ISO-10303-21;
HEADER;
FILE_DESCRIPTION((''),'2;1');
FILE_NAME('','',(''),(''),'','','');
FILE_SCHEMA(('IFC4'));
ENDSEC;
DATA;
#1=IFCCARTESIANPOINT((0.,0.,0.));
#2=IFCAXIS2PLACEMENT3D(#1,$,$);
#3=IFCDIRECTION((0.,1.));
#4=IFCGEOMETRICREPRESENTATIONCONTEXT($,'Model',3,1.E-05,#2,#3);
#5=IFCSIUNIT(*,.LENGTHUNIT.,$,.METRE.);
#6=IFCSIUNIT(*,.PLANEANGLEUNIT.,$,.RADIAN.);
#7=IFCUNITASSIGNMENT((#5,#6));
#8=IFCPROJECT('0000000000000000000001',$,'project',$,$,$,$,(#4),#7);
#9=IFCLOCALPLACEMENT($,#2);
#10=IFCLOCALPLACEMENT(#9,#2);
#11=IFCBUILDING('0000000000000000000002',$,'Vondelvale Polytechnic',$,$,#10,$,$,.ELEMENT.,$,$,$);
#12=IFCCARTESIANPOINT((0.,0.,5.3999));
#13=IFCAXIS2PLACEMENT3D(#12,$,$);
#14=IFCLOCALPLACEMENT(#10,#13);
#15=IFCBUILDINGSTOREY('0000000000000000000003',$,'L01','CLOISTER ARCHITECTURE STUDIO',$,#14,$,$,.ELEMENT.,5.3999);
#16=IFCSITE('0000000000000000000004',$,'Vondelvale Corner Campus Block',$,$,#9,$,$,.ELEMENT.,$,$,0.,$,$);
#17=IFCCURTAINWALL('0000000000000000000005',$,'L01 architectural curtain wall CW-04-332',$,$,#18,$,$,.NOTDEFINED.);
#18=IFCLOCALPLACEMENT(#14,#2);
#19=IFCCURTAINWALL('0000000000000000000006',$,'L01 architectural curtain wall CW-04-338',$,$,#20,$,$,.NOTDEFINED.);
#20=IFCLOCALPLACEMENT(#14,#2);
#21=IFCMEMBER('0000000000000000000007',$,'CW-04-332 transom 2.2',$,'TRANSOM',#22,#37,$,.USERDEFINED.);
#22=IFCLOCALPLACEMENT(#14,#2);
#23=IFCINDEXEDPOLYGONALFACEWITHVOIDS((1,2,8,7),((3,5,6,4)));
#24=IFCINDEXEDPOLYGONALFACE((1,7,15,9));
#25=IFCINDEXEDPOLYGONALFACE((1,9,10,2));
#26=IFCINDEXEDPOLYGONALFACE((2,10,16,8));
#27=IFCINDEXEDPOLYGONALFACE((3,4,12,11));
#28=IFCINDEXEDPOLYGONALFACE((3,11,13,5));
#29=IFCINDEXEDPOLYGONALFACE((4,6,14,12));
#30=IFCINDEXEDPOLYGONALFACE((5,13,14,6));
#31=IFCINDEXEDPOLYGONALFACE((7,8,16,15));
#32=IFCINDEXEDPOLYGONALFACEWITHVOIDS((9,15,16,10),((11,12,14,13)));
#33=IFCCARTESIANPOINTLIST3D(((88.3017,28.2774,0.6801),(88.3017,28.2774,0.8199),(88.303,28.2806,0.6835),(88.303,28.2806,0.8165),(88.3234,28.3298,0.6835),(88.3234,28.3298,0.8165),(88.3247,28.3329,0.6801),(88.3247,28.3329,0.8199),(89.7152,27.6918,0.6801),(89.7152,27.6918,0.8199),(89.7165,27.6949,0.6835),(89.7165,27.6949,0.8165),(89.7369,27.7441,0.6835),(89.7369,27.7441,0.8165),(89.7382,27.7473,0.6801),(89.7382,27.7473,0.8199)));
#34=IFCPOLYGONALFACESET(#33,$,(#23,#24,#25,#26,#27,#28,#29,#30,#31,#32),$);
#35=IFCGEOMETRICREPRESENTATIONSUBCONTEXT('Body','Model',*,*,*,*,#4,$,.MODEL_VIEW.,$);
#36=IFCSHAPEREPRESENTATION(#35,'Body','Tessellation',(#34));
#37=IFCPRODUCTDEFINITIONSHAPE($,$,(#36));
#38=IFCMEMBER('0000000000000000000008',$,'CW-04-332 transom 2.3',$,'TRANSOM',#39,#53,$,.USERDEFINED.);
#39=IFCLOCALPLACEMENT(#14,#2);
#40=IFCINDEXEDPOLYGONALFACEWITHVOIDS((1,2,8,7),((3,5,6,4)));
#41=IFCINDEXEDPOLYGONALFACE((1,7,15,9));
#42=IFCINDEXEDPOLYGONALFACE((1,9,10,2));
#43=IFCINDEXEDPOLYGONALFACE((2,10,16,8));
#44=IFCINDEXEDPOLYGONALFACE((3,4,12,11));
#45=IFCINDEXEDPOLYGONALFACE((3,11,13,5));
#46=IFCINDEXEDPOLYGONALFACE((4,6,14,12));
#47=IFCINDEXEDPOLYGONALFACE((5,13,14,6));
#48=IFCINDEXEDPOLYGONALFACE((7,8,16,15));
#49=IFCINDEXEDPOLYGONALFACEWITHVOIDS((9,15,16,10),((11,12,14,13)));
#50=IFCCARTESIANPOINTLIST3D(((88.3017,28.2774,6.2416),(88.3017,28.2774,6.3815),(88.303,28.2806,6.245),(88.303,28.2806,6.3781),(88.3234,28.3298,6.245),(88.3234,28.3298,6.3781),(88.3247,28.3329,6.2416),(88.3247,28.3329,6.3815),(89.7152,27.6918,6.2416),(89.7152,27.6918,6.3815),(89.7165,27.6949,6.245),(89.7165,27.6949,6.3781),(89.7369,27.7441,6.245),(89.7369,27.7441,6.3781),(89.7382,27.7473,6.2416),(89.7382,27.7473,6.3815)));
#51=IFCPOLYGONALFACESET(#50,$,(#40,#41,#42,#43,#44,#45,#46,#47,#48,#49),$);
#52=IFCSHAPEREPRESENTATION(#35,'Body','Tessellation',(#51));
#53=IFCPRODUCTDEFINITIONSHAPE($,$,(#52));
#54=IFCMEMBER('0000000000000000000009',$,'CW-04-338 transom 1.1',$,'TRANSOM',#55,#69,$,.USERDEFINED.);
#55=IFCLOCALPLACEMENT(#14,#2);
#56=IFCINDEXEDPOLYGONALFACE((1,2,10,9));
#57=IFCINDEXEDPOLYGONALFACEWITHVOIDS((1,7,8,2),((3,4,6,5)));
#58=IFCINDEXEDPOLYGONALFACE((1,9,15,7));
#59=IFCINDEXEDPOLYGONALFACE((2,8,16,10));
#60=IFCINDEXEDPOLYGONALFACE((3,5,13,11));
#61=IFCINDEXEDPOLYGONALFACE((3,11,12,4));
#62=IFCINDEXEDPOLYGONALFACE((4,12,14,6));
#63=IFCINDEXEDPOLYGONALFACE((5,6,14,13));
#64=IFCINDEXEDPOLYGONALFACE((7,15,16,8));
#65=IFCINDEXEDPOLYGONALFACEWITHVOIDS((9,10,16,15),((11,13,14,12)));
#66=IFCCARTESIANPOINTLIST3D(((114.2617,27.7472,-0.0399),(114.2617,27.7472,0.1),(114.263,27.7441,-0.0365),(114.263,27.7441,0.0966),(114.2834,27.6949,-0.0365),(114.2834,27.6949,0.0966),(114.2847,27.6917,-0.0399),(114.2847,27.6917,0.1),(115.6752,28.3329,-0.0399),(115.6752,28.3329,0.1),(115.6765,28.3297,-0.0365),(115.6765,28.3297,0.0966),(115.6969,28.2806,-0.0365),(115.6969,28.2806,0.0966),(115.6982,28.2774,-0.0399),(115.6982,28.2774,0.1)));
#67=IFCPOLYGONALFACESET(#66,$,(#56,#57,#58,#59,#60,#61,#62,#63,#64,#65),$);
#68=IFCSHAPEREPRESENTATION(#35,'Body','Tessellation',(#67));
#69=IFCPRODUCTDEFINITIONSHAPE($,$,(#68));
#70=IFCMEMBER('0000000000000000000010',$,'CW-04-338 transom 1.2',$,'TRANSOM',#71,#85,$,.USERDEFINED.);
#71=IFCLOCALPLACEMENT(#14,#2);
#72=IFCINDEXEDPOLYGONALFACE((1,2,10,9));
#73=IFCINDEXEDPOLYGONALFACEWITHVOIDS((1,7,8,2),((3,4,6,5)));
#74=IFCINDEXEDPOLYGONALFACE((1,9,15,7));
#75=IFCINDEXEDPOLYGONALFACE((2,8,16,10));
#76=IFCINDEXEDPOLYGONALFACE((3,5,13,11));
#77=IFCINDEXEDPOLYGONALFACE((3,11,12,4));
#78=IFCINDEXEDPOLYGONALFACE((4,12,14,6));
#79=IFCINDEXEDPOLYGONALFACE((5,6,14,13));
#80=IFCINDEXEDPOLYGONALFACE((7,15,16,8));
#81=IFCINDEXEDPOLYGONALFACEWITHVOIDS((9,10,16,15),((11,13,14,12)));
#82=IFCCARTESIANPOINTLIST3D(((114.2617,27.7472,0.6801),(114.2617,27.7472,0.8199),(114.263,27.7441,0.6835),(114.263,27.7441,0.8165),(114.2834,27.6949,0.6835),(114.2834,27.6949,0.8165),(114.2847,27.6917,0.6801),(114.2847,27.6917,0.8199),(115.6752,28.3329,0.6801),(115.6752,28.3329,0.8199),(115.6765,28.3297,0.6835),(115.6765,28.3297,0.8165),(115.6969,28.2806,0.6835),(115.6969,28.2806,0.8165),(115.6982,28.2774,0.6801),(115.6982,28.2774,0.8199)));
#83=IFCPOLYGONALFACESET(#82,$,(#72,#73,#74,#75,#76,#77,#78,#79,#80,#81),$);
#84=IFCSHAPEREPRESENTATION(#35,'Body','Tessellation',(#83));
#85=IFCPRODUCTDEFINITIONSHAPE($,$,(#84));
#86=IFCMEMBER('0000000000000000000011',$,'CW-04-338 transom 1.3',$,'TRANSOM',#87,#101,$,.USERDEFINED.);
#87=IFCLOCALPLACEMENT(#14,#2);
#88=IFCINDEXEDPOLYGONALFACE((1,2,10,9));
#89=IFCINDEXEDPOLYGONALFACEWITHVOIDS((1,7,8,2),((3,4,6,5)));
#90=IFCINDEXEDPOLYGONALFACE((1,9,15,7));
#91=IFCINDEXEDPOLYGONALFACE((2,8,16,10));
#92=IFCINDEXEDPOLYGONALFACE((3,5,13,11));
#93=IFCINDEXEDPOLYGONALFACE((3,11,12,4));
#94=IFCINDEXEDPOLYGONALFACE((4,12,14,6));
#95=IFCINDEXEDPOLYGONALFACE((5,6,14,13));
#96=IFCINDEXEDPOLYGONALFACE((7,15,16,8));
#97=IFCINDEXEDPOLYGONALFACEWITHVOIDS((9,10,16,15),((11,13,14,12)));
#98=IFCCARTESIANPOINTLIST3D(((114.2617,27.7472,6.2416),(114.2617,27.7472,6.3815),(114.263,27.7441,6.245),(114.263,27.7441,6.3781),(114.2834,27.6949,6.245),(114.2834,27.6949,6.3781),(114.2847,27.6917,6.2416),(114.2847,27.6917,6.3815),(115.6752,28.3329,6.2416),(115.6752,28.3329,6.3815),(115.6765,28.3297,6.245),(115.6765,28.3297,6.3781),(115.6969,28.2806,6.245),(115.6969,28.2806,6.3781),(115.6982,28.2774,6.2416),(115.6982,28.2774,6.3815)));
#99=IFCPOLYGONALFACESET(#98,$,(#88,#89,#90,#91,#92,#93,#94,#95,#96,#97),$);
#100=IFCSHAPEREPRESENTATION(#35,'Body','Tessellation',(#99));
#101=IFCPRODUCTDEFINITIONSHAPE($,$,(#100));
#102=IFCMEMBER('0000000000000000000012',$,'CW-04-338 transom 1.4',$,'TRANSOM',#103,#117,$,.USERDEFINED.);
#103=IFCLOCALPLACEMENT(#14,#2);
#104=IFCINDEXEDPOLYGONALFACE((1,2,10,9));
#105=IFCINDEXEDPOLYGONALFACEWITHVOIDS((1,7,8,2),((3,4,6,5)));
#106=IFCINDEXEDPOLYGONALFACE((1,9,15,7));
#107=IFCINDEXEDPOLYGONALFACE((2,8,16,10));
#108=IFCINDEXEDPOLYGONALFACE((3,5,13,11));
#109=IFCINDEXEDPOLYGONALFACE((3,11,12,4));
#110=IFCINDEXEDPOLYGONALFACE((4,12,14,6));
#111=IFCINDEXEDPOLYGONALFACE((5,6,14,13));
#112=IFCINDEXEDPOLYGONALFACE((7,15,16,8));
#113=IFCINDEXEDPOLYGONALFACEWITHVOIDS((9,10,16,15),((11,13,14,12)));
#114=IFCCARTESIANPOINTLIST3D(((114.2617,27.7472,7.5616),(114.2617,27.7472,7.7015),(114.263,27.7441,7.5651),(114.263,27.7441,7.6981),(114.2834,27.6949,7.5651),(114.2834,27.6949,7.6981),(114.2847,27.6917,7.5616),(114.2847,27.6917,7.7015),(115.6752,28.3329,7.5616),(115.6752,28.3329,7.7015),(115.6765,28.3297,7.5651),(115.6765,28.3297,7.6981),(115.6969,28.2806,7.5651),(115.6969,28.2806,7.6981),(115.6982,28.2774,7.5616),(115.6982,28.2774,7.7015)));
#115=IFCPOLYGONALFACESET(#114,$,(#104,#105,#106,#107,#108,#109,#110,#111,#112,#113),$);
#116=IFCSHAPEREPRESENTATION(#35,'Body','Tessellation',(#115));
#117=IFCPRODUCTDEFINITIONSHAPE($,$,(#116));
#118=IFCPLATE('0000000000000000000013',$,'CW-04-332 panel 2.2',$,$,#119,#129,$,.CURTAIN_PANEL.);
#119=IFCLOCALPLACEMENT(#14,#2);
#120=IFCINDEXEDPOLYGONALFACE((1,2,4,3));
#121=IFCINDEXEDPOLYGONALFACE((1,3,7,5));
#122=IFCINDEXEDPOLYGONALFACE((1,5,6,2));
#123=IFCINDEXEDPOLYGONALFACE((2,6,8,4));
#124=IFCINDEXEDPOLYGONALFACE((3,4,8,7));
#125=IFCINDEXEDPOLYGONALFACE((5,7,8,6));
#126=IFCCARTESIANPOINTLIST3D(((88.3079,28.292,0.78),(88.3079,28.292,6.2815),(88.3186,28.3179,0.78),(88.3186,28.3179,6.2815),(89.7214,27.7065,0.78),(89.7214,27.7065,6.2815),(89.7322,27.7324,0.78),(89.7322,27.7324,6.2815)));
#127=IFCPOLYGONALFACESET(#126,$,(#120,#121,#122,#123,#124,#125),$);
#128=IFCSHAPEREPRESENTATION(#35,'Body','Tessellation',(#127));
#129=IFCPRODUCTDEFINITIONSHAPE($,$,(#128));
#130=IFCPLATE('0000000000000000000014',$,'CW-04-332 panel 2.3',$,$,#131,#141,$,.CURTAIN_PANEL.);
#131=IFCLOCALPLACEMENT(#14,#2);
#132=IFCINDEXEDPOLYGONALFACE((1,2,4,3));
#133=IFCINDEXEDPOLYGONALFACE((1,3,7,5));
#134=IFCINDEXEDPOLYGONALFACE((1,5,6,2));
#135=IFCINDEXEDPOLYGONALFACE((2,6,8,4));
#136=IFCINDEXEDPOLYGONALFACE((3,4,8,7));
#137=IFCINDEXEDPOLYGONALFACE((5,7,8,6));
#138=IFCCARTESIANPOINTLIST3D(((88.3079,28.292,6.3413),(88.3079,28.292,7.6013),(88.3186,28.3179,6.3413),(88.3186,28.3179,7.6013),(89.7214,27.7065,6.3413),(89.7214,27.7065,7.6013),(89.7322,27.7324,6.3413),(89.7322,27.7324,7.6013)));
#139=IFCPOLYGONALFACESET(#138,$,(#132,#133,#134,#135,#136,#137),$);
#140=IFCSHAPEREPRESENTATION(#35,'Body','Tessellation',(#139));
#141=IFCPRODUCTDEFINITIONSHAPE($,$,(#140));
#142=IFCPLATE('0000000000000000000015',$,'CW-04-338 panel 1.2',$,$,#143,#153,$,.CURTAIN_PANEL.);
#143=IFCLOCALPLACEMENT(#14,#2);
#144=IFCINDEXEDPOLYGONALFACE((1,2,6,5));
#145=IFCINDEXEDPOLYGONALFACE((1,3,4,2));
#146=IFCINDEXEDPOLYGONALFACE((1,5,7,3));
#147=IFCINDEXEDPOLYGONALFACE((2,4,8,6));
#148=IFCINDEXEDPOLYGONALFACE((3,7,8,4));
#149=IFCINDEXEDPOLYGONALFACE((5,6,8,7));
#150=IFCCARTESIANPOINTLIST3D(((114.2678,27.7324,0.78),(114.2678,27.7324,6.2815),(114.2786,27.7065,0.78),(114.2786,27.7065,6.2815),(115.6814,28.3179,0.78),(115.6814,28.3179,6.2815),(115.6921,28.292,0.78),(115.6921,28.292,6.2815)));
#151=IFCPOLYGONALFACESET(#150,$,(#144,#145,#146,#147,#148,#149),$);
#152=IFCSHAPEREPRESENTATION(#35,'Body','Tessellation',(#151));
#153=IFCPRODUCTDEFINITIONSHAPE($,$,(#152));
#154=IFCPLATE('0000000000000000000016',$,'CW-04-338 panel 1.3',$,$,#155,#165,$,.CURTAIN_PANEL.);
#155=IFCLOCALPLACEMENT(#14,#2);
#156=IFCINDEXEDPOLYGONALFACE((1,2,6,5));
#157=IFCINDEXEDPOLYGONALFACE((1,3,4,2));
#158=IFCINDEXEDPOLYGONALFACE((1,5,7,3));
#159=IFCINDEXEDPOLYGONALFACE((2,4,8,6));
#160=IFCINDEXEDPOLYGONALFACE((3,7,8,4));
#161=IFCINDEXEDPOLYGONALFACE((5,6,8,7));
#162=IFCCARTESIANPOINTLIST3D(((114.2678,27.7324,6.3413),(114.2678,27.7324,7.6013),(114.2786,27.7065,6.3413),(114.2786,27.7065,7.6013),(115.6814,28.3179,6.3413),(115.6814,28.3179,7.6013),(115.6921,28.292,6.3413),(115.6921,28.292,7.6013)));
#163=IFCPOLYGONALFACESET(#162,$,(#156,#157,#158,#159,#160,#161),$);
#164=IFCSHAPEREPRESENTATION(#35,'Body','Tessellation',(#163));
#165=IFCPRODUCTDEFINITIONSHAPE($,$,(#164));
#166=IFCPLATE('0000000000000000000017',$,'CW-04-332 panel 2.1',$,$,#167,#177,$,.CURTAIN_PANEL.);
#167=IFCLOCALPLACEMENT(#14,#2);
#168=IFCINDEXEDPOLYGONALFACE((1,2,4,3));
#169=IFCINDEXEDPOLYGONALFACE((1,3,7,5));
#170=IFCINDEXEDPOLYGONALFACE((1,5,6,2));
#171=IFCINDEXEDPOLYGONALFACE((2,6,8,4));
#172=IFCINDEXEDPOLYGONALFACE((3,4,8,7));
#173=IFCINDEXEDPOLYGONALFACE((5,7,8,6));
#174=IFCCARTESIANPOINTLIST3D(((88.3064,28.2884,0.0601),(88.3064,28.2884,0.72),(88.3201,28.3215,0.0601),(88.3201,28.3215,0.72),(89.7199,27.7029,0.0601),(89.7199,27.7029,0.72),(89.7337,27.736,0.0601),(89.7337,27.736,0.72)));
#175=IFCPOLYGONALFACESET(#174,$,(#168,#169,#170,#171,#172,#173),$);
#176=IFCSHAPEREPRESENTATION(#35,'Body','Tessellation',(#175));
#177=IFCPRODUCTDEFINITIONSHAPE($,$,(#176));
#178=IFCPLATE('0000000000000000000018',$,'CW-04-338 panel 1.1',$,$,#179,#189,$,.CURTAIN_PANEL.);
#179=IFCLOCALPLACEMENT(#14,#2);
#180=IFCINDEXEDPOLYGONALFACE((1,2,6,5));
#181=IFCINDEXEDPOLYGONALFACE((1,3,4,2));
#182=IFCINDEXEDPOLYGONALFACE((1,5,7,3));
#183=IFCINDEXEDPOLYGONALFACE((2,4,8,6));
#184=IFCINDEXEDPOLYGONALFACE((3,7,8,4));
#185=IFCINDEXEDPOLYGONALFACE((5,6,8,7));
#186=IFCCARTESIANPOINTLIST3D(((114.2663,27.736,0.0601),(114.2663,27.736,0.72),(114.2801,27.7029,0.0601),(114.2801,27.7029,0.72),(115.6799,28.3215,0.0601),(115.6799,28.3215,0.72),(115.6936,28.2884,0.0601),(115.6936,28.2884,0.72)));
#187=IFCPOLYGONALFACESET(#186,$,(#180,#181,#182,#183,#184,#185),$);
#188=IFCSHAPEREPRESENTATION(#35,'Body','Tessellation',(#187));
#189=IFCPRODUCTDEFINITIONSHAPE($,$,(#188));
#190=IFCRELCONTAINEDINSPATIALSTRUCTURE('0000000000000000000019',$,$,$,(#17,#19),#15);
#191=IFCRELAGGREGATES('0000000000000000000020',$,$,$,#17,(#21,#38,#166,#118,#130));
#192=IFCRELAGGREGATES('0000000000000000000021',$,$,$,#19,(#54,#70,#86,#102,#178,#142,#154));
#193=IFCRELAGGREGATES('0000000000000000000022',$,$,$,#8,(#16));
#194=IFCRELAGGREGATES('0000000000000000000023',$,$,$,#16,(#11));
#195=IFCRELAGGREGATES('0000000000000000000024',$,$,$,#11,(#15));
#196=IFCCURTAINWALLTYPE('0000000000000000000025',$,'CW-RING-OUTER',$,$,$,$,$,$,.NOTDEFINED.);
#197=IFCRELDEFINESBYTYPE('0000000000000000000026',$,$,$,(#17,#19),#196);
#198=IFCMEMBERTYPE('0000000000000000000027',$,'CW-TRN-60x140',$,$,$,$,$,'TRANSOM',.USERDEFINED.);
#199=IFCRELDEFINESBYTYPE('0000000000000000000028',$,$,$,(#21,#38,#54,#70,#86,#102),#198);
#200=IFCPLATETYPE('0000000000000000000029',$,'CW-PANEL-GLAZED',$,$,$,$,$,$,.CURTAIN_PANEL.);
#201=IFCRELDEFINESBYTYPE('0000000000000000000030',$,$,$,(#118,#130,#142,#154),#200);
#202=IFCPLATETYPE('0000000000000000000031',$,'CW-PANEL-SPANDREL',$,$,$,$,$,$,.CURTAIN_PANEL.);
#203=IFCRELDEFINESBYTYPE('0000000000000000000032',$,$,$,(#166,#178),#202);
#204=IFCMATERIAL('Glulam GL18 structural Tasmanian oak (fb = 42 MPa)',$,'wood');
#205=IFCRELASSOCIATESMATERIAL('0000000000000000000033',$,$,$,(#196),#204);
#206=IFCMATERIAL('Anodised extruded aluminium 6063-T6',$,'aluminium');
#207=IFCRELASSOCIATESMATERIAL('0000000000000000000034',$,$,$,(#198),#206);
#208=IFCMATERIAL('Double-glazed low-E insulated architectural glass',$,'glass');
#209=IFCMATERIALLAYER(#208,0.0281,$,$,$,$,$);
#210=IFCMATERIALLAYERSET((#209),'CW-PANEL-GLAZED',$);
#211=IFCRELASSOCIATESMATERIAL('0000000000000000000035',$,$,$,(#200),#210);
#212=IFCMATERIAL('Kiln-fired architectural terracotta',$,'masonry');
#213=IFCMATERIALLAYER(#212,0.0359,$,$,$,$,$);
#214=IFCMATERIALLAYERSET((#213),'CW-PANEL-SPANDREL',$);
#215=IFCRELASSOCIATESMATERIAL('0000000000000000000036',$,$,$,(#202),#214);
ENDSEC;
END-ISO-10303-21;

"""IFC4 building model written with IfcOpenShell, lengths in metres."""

from ifc_helpers import new_model, si_unit, direction, frame, origin, origin_2d, place, context, subcontext, project, spatial, rectangle, hollow_rectangle, extrude, material, layer, layer_set, material_profile, profile_set, type_object, element, aggregate, save


model = new_model("IFC4")

# Units and contexts
model_context = context("Model", 3, precision=1e-05, world=origin(), true_north=direction((0.0, 1.0)))
body_context = subcontext(model_context, "Body", "Model", "MODEL_VIEW")
ifc_project = project(units=[si_unit("LENGTHUNIT", "METRE"), si_unit("PLANEANGLEUNIT", "RADIAN")], contexts=[model_context])

# Site, building, storey
site_placement = place(None, origin())
site = spatial("IfcSite", under=ifc_project, at=site_placement, Name="Vondelvale Corner Campus Block", CompositionType="ELEMENT", RefElevation=0.0)
building_placement = place(site_placement, origin())
building = spatial("IfcBuilding", under=site, at=building_placement, Name="Vondelvale Polytechnic", CompositionType="ELEMENT")
storey_placement = place(building_placement, frame((0.0, 0.0, 5.3999)))
storey = spatial("IfcBuildingStorey", under=building, at=storey_placement, Name="L01", Description="CLOISTER ARCHITECTURE STUDIO", CompositionType="ELEMENT", Elevation=5.3999)

# Curtain walls
ifc_material_1 = material(Name="Glulam GL18 structural Tasmanian oak (fb = 42 MPa)", Category="wood")
curtain_wall_type = type_object("IfcCurtainWallType", Name="CW-RING-OUTER", PredefinedType="NOTDEFINED", material=ifc_material_1)
curtain_wall_1_placement = place(storey_placement, origin())
curtain_wall_1 = element("IfcCurtainWall", 1, at=curtain_wall_1_placement, inside=storey, type_object=curtain_wall_type, Name="L01 architectural curtain wall CW-04-332", PredefinedType="NOTDEFINED")
ifc_material_2 = material(Name="Anodised extruded aluminium 6063-T6", Category="aluminium")
curtain_wall_2_placement = place(storey_placement, origin())
curtain_wall_2 = element("IfcCurtainWall", 2, at=curtain_wall_2_placement, inside=storey, type_object=curtain_wall_type, Name="L01 architectural curtain wall CW-04-338", PredefinedType="NOTDEFINED")

# Members
ifc_material_profile_1 = material_profile(ifc_material_2, hollow_rectangle(XDim=0.0601, YDim=0.1399, WallThickness=0.0034, at=origin_2d()), Name="CW-TRN-140x60")
ifc_profile_set_1 = profile_set([ifc_material_profile_1], Name="Anodised extruded aluminium 6063-T6")
member_type_1 = type_object("IfcMemberType", Name="CW-TRN-60x140", ElementType="TRANSOM", PredefinedType="USERDEFINED", material=ifc_profile_set_1)
member_1_placement = place(storey_placement, frame((88.3132, 28.3052, 0.75), z_axis=(0.92384, -0.382779, 0.0), x_axis=(0.382779, 0.92384, 0.0)))
member_1 = element("IfcMember", 3, at=member_1_placement, type_object=member_type_1, Name="CW-04-332 transom 2.2", ObjectType="TRANSOM", PredefinedType="USERDEFINED", context=body_context, shape_type="SweptSolid", body=[
    extrude(hollow_rectangle(XDim=0.0601, YDim=0.1399, WallThickness=0.0034, at=origin_2d()), origin(), (0.0, 0.0, 1.0), 1.53),
])
member_2_placement = place(storey_placement, frame((88.3132, 28.3052, 6.3115), z_axis=(0.92384, -0.382779, 0.0), x_axis=(0.382779, 0.92384, 0.0)))
member_2 = element("IfcMember", 4, at=member_2_placement, type_object=member_type_1, Name="CW-04-332 transom 2.3", ObjectType="TRANSOM", PredefinedType="USERDEFINED", context=body_context, shape_type="SweptSolid", body=[
    extrude(hollow_rectangle(XDim=0.0601, YDim=0.1399, WallThickness=0.0034, at=origin_2d()), origin(), (0.0, 0.0, 1.0), 1.53),
])
member_3_placement = place(storey_placement, frame((114.2732, 27.7195, 0.03), z_axis=(0.92384, 0.382779, 0.0), x_axis=(-0.382779, 0.92384, 0.0)))
member_3 = element("IfcMember", 5, at=member_3_placement, type_object=member_type_1, Name="CW-04-338 transom 1.1", ObjectType="TRANSOM", PredefinedType="USERDEFINED", context=body_context, shape_type="SweptSolid", body=[
    extrude(hollow_rectangle(XDim=0.0601, YDim=0.1399, WallThickness=0.0034, at=origin_2d()), origin(), (0.0, 0.0, 1.0), 1.53),
])
member_4_placement = place(storey_placement, frame((114.2732, 27.7195, 0.75), z_axis=(0.92384, 0.382779, 0.0), x_axis=(-0.382779, 0.92384, 0.0)))
member_4 = element("IfcMember", 6, at=member_4_placement, type_object=member_type_1, Name="CW-04-338 transom 1.2", ObjectType="TRANSOM", PredefinedType="USERDEFINED", context=body_context, shape_type="SweptSolid", body=[
    extrude(hollow_rectangle(XDim=0.0601, YDim=0.1399, WallThickness=0.0034, at=origin_2d()), origin(), (0.0, 0.0, 1.0), 1.53),
])
member_5_placement = place(storey_placement, frame((114.2732, 27.7195, 6.3115), z_axis=(0.92384, 0.382779, 0.0), x_axis=(-0.382779, 0.92384, 0.0)))
member_5 = element("IfcMember", 7, at=member_5_placement, type_object=member_type_1, Name="CW-04-338 transom 1.3", ObjectType="TRANSOM", PredefinedType="USERDEFINED", context=body_context, shape_type="SweptSolid", body=[
    extrude(hollow_rectangle(XDim=0.0601, YDim=0.1399, WallThickness=0.0034, at=origin_2d()), origin(), (0.0, 0.0, 1.0), 1.53),
])
member_6_placement = place(storey_placement, frame((114.2732, 27.7195, 7.6316), z_axis=(0.92384, 0.382779, 0.0), x_axis=(-0.382779, 0.92384, 0.0)))
member_6 = element("IfcMember", 8, at=member_6_placement, type_object=member_type_1, Name="CW-04-338 transom 1.4", ObjectType="TRANSOM", PredefinedType="USERDEFINED", context=body_context, shape_type="SweptSolid", body=[
    extrude(hollow_rectangle(XDim=0.0601, YDim=0.1399, WallThickness=0.0034, at=origin_2d()), origin(), (0.0, 0.0, 1.0), 1.53),
])

# Plates
ifc_material_3 = material(Name="Double-glazed low-E insulated architectural glass", Category="glass")
ifc_layer_1 = layer(ifc_material_3, 0.0281)
ifc_layer_set_1 = layer_set([ifc_layer_1], Name="CW-PANEL-GLAZED")
plate_type_1 = type_object("IfcPlateType", Name="CW-PANEL-GLAZED", PredefinedType="CURTAIN_PANEL", material=ifc_layer_set_1)
plate_1_placement = place(storey_placement, frame((89.02, 28.0122, 0.78), z_axis=(0.0, 0.0, 1.0), x_axis=(0.923882, -0.382677, 0.0)))
plate_1 = element("IfcPlate", 9, at=plate_1_placement, type_object=plate_type_1, Name="CW-04-332 panel 2.2", PredefinedType="CURTAIN_PANEL", context=body_context, shape_type="SweptSolid", body=[
    extrude(rectangle(XDim=1.53, YDim=0.0281, at=origin_2d()), origin(), (0.0, 0.0, 1.0), 5.5015),
])
plate_2_placement = place(storey_placement, frame((89.02, 28.0122, 6.3413), z_axis=(0.0, 0.0, 1.0), x_axis=(0.923882, -0.382677, 0.0)))
plate_2 = element("IfcPlate", 10, at=plate_2_placement, type_object=plate_type_1, Name="CW-04-332 panel 2.3", PredefinedType="CURTAIN_PANEL", context=body_context, shape_type="SweptSolid", body=[
    extrude(rectangle(XDim=1.53, YDim=0.0281, at=origin_2d()), origin(), (0.0, 0.0, 1.0), 1.26),
])
plate_3_placement = place(storey_placement, frame((114.98, 28.0122, 0.78), z_axis=(0.0, 0.0, 1.0), x_axis=(0.923882, 0.382677, 0.0)))
plate_3 = element("IfcPlate", 11, at=plate_3_placement, type_object=plate_type_1, Name="CW-04-338 panel 1.2", PredefinedType="CURTAIN_PANEL", context=body_context, shape_type="SweptSolid", body=[
    extrude(rectangle(XDim=1.53, YDim=0.0281, at=origin_2d()), origin(), (0.0, 0.0, 1.0), 5.5015),
])
plate_4_placement = place(storey_placement, frame((114.98, 28.0122, 6.3413), z_axis=(0.0, 0.0, 1.0), x_axis=(0.923882, 0.382677, 0.0)))
plate_4 = element("IfcPlate", 12, at=plate_4_placement, type_object=plate_type_1, Name="CW-04-338 panel 1.3", PredefinedType="CURTAIN_PANEL", context=body_context, shape_type="SweptSolid", body=[
    extrude(rectangle(XDim=1.53, YDim=0.0281, at=origin_2d()), origin(), (0.0, 0.0, 1.0), 1.26),
])
ifc_material_4 = material(Name="Kiln-fired architectural terracotta", Category="masonry")
ifc_layer_2 = layer(ifc_material_4, 0.0359)
ifc_layer_set_2 = layer_set([ifc_layer_2], Name="CW-PANEL-SPANDREL")
plate_type_2 = type_object("IfcPlateType", Name="CW-PANEL-SPANDREL", PredefinedType="CURTAIN_PANEL", material=ifc_layer_set_2)
plate_5_placement = place(storey_placement, frame((89.02, 28.0122, 0.0601), z_axis=(0.0, 0.0, 1.0), x_axis=(0.923882, -0.382677, 0.0)))
plate_5 = element("IfcPlate", 13, at=plate_5_placement, type_object=plate_type_2, Name="CW-04-332 panel 2.1", PredefinedType="CURTAIN_PANEL", context=body_context, shape_type="SweptSolid", body=[
    extrude(rectangle(XDim=1.53, YDim=0.0359, at=origin_2d()), origin(), (0.0, 0.0, 1.0), 0.6599),
])
aggregate(curtain_wall_1, [member_1, member_2, plate_5, plate_1, plate_2])
plate_6_placement = place(storey_placement, frame((114.98, 28.0122, 0.0601), z_axis=(0.0, 0.0, 1.0), x_axis=(0.923882, 0.382677, 0.0)))
plate_6 = element("IfcPlate", 14, at=plate_6_placement, type_object=plate_type_2, Name="CW-04-338 panel 1.1", PredefinedType="CURTAIN_PANEL", context=body_context, shape_type="SweptSolid", body=[
    extrude(rectangle(XDim=1.53, YDim=0.0359, at=origin_2d()), origin(), (0.0, 0.0, 1.0), 0.6599),
])
aggregate(curtain_wall_2, [member_3, member_4, member_5, member_6, plate_6, plate_3, plate_4])

save(model, "model.ifc")
